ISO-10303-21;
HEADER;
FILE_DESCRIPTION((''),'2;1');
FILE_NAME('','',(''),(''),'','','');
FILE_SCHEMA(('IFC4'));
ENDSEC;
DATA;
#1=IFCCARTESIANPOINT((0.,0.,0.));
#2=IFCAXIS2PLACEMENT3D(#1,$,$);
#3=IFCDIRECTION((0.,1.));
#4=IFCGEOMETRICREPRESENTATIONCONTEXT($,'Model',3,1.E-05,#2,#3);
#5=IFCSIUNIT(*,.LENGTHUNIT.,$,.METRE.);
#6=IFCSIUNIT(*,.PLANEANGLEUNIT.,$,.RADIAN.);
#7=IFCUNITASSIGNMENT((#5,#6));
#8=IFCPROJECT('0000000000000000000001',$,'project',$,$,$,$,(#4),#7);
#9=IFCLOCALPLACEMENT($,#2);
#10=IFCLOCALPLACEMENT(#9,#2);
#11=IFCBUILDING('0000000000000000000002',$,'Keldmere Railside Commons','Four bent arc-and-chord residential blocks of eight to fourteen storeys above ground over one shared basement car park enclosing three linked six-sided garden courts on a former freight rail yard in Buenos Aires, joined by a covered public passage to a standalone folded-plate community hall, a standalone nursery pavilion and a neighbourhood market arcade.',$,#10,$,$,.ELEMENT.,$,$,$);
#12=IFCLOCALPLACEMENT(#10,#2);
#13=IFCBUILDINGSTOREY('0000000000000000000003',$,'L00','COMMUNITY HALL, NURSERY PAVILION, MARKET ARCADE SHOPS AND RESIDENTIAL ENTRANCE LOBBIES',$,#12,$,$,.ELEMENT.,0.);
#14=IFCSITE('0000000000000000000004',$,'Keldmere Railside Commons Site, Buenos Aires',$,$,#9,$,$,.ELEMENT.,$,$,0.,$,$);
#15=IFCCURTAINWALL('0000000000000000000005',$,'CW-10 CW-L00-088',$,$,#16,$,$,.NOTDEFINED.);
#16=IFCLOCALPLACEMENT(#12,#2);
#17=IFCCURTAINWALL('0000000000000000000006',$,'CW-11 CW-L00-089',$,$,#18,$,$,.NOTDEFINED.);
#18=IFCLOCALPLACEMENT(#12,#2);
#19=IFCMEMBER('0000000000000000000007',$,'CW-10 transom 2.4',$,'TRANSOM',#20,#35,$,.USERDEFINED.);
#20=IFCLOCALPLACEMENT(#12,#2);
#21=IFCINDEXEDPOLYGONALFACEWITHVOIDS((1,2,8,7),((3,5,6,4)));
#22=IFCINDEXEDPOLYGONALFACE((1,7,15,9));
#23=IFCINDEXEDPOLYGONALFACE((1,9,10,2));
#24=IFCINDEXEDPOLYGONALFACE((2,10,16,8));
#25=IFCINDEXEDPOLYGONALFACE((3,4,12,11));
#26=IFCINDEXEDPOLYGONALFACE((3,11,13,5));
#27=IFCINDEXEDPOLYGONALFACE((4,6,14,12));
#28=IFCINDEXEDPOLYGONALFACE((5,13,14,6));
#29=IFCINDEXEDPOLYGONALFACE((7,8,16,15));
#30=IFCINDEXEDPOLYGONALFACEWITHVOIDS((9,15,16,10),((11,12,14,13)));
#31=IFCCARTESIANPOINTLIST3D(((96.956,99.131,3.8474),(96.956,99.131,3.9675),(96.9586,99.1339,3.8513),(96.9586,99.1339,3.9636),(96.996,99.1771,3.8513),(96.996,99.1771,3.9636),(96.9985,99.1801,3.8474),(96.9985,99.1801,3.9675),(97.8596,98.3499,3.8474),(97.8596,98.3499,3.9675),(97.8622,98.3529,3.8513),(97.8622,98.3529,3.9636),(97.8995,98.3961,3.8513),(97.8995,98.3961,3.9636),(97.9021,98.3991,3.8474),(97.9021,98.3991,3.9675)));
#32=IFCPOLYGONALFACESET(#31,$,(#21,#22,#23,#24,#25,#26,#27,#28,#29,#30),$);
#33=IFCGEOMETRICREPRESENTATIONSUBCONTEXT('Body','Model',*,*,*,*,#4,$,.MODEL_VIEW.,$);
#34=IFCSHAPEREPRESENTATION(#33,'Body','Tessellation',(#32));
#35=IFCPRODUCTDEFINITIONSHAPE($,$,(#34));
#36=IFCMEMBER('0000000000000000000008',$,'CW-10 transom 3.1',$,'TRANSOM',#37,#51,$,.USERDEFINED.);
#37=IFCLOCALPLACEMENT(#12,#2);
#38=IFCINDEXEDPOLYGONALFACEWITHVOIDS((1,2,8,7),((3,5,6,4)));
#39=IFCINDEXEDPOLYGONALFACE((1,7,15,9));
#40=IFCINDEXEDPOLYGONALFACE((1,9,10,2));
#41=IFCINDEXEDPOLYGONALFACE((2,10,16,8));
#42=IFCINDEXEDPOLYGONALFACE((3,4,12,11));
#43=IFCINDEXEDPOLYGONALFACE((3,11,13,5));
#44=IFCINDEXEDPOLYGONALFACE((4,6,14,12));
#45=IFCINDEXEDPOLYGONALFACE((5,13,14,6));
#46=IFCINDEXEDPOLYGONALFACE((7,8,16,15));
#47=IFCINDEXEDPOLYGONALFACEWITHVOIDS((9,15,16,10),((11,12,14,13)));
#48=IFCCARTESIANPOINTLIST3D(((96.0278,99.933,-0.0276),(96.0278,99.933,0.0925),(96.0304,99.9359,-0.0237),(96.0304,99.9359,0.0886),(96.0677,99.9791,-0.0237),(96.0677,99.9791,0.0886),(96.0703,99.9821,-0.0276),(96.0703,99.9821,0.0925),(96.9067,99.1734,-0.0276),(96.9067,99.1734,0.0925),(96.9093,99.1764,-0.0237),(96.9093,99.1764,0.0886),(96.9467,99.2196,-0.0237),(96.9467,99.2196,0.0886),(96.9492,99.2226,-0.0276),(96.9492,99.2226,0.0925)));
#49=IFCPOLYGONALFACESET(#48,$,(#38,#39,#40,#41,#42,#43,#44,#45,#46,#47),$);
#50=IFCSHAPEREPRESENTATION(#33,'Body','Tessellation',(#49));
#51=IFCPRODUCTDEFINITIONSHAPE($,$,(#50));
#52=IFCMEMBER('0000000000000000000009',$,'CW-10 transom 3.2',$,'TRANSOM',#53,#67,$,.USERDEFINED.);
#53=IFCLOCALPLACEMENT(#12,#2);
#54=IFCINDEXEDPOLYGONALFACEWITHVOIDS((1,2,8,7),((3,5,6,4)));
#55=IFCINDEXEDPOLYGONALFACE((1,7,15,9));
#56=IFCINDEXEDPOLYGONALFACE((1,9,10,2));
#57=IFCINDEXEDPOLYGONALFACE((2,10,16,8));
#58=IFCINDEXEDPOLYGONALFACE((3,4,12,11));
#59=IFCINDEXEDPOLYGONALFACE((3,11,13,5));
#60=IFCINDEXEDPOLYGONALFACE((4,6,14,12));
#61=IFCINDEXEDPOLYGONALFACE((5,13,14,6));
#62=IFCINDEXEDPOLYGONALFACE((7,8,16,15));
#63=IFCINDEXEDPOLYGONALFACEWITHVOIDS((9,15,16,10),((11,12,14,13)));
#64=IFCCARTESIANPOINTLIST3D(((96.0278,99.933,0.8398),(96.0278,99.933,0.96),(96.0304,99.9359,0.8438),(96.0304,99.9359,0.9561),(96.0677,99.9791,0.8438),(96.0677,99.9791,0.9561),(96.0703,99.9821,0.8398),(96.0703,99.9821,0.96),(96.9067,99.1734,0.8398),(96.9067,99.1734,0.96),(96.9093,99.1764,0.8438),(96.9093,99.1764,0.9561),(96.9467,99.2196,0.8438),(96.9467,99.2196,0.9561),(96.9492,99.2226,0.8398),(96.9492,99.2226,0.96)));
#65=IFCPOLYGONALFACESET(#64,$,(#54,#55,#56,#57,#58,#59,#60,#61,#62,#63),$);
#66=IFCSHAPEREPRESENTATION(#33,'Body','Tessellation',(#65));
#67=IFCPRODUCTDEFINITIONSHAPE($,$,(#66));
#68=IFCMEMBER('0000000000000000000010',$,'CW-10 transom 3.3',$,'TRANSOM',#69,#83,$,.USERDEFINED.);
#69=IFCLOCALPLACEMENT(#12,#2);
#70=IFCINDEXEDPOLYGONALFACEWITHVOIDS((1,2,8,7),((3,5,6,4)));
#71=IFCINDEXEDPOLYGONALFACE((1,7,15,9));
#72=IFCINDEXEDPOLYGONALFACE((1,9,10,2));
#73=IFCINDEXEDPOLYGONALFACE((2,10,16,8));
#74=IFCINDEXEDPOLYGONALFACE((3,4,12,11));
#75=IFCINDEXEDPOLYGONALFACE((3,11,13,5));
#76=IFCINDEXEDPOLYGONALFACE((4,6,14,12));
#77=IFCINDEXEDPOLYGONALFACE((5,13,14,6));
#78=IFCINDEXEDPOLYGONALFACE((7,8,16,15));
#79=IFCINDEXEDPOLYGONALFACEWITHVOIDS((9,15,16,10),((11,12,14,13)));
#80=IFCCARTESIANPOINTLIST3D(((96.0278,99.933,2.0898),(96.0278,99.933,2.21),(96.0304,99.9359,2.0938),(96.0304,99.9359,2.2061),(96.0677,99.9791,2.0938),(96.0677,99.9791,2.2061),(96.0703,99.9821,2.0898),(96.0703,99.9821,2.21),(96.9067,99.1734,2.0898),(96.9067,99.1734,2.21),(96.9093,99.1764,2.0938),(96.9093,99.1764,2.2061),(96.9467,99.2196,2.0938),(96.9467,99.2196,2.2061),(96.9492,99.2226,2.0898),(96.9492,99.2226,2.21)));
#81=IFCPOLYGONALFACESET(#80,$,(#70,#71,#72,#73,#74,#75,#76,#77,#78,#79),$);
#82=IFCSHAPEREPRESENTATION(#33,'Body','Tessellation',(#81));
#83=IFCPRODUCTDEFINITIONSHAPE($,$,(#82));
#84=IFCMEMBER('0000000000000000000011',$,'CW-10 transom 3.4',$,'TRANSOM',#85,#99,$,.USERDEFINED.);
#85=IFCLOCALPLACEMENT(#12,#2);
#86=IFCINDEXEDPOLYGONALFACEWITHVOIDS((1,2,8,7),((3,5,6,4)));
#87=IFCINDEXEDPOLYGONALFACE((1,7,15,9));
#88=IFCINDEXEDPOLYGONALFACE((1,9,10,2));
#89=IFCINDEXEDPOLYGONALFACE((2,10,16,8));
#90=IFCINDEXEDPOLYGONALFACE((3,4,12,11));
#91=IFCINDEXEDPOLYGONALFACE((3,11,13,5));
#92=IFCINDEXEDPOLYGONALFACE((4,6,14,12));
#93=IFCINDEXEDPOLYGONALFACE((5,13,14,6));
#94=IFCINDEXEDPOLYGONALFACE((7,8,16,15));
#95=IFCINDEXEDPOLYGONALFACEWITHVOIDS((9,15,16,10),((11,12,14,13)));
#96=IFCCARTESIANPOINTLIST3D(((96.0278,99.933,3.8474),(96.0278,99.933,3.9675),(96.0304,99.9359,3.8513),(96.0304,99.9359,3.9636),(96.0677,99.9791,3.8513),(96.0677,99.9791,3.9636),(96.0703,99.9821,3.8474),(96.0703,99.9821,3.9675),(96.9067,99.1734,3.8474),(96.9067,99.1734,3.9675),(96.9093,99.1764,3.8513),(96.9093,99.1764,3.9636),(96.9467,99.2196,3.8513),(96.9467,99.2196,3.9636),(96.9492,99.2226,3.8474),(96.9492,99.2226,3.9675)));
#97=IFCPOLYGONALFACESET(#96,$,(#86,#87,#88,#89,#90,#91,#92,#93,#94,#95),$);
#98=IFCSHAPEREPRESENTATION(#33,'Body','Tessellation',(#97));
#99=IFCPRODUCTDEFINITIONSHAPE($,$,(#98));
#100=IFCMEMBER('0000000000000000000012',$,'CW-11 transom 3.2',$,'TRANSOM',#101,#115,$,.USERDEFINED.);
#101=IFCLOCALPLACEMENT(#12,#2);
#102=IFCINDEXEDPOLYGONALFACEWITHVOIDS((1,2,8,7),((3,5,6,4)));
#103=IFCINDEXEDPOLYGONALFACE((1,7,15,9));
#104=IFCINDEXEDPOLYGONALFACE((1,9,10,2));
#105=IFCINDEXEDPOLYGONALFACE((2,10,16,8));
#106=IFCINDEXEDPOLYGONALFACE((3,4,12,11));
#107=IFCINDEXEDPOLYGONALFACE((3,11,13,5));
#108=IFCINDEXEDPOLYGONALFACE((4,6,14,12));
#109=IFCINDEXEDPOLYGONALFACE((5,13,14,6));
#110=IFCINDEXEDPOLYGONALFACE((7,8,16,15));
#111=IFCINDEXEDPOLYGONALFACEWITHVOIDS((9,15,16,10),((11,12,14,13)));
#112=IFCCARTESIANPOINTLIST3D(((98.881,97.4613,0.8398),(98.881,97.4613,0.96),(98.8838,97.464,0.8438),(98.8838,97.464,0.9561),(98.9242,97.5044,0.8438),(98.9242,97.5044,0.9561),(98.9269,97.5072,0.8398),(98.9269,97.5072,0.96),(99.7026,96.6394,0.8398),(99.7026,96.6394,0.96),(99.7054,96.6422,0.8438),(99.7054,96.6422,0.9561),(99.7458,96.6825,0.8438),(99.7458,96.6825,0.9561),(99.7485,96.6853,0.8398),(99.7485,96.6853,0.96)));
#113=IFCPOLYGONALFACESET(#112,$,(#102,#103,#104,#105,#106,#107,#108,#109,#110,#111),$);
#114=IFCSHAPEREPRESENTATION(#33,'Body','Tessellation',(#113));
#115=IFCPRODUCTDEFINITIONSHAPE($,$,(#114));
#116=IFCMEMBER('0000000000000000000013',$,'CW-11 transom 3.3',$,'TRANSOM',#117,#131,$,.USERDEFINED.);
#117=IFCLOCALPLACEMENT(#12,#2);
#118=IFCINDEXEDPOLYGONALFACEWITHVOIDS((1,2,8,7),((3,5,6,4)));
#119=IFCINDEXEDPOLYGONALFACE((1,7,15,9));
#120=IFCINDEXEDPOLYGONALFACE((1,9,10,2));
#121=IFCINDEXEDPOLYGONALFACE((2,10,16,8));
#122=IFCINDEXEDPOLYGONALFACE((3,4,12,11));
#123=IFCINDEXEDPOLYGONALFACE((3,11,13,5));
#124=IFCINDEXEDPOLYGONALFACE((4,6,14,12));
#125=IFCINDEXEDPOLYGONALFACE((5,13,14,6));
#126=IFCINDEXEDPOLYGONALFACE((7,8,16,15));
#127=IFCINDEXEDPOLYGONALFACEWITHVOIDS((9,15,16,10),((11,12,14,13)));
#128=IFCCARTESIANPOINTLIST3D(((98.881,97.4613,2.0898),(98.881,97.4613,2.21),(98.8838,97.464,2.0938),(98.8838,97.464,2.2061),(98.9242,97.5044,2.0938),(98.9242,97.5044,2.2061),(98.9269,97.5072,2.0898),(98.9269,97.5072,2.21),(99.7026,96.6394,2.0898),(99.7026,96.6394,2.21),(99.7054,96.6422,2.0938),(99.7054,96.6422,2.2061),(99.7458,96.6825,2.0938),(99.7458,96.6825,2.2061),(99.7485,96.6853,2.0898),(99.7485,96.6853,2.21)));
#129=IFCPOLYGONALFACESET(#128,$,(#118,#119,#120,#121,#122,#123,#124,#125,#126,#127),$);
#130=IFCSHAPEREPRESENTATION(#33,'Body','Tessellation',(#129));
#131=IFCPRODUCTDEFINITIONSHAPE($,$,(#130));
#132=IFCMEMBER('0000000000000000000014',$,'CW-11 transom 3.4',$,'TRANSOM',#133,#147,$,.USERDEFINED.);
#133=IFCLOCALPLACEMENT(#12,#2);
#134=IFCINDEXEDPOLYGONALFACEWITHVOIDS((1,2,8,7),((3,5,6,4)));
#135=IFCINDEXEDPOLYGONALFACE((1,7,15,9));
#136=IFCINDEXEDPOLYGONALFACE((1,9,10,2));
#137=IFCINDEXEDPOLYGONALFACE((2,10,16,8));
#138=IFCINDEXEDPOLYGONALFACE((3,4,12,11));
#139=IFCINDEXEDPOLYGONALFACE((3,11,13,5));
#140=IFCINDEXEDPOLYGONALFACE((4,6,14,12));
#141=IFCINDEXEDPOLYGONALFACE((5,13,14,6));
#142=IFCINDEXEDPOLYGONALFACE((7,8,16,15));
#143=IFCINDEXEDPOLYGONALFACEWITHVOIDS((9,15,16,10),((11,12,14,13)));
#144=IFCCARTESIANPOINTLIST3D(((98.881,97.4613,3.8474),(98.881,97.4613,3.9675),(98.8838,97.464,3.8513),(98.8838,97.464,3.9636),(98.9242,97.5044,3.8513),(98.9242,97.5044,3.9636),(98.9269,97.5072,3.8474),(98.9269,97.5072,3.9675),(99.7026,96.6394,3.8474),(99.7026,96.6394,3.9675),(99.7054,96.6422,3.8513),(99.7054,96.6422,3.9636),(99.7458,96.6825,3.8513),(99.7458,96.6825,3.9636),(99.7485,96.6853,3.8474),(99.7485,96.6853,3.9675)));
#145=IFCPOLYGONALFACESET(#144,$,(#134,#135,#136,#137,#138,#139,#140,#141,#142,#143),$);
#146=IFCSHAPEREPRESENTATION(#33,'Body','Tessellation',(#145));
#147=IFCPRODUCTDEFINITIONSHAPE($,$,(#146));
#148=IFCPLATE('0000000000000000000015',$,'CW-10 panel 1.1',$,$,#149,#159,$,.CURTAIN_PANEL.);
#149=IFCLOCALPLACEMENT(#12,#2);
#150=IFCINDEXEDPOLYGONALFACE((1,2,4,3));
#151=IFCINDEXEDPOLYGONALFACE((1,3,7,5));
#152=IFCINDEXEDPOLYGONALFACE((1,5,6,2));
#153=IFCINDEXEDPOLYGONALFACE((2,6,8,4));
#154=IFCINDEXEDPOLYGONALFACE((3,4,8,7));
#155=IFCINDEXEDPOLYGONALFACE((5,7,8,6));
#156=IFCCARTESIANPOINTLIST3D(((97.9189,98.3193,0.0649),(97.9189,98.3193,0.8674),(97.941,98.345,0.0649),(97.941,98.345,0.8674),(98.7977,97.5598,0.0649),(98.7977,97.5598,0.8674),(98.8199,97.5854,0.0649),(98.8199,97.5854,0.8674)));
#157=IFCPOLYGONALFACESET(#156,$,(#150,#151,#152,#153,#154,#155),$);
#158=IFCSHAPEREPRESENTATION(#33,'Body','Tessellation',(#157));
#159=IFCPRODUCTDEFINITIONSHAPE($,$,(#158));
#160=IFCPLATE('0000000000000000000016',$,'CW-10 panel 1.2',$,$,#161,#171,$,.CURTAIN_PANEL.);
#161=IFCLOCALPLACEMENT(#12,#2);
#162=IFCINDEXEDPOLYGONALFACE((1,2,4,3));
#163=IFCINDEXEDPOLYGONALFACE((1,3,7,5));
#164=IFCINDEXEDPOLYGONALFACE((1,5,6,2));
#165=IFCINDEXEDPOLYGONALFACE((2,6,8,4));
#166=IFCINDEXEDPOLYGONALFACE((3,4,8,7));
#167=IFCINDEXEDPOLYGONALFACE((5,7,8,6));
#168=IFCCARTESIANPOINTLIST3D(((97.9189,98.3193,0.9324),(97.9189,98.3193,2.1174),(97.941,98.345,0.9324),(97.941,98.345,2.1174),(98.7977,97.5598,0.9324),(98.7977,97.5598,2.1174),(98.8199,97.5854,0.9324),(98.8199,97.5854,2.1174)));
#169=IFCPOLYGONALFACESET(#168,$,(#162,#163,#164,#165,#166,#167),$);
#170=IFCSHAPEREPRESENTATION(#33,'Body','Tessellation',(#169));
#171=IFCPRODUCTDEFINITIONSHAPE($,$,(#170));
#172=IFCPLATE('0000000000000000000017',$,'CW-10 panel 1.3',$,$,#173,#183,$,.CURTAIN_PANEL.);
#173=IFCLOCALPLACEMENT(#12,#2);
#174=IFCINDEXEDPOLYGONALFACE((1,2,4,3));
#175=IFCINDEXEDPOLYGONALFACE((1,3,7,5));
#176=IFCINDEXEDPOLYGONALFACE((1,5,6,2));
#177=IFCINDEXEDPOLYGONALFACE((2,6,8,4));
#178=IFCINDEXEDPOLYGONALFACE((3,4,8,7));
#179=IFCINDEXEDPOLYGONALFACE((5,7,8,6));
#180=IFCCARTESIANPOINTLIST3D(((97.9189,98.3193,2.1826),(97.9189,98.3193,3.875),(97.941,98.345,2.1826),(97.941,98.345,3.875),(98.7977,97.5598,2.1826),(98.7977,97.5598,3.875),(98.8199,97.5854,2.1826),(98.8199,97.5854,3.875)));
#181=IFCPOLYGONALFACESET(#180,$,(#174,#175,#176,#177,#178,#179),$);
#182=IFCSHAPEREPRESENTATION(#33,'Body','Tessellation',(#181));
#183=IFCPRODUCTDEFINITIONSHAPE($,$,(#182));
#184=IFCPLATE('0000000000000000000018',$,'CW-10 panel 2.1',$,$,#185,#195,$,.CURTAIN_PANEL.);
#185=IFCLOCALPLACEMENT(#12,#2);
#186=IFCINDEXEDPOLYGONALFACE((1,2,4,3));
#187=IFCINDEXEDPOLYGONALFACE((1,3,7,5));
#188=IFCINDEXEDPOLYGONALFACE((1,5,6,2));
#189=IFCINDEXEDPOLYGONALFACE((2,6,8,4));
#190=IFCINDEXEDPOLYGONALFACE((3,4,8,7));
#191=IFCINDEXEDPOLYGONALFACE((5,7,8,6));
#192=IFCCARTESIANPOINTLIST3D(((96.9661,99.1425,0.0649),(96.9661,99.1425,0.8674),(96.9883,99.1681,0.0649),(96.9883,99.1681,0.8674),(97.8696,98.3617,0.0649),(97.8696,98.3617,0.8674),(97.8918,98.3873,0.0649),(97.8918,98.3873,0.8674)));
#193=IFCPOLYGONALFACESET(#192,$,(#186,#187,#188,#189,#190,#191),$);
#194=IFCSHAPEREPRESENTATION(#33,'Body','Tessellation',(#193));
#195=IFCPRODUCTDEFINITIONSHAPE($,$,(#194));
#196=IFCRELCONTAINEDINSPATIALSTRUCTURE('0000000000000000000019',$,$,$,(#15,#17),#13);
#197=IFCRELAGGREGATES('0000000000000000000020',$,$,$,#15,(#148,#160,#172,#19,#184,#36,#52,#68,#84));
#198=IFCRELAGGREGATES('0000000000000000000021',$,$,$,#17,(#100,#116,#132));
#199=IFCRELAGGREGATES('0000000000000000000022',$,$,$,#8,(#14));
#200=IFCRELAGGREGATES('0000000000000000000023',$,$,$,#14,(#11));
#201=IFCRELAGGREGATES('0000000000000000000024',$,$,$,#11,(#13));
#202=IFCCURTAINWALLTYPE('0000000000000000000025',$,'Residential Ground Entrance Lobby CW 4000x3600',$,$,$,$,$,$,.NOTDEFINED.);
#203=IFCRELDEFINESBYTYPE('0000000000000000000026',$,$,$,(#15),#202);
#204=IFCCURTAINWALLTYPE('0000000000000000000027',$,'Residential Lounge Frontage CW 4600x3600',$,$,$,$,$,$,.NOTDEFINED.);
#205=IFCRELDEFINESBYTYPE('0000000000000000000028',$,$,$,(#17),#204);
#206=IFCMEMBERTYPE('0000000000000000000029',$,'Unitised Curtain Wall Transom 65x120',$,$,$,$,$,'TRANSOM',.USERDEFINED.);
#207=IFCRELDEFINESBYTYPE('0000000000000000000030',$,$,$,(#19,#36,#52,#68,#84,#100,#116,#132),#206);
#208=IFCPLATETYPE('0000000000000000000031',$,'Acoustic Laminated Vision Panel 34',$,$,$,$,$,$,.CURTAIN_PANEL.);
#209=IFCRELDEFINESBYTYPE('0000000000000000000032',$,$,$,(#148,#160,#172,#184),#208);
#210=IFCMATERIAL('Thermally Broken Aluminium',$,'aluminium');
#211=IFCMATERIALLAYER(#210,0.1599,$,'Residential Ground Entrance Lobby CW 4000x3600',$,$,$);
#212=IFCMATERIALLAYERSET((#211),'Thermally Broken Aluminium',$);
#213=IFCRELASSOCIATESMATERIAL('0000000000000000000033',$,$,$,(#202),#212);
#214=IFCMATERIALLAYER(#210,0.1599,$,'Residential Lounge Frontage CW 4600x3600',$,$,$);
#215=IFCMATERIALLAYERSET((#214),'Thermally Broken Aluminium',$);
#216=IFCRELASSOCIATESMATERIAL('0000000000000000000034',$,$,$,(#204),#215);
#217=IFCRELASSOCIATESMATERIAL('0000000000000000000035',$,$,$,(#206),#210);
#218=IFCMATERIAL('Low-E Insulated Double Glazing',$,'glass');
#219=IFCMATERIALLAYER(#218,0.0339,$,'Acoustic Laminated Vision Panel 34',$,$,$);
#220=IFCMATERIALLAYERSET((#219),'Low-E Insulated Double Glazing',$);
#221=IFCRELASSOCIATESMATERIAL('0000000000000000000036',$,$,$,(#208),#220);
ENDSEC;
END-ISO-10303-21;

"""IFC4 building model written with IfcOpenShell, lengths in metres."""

from ifc_helpers import new_model, si_unit, direction, frame, origin, origin_2d, place, context, subcontext, project, spatial, rectangle, hollow_rectangle, extrude, material, layer, layer_set, material_profile, profile_set, type_object, element, aggregate, save


model = new_model("IFC4")

# Units and contexts
model_context = context("Model", 3, precision=1e-05, world=origin(), true_north=direction((0.0, 1.0)))
body_context = subcontext(model_context, "Body", "Model", "MODEL_VIEW")
ifc_project = project(units=[si_unit("LENGTHUNIT", "METRE"), si_unit("PLANEANGLEUNIT", "RADIAN")], contexts=[model_context])

# Site, building, storey
site_placement = place(None, origin())
site = spatial("IfcSite", under=ifc_project, at=site_placement, Name="Keldmere Railside Commons Site, Buenos Aires", CompositionType="ELEMENT", RefElevation=0.0)
building_placement = place(site_placement, origin())
building = spatial("IfcBuilding", under=site, at=building_placement, Name="Keldmere Railside Commons", Description="Four bent arc-and-chord residential blocks of eight to fourteen storeys above ground over one shared basement car park enclosing three linked six-sided garden courts on a former freight rail yard in Buenos Aires, joined by a covered public passage to a standalone folded-plate community hall, a standalone nursery pavilion and a neighbourhood market arcade.", CompositionType="ELEMENT")
storey_placement = place(building_placement, origin())
storey = spatial("IfcBuildingStorey", under=building, at=storey_placement, Name="L00", Description="COMMUNITY HALL, NURSERY PAVILION, MARKET ARCADE SHOPS AND RESIDENTIAL ENTRANCE LOBBIES", CompositionType="ELEMENT", Elevation=0.0)

# Curtain wall
ifc_material_1 = material(Name="Thermally Broken Aluminium", Category="aluminium")
ifc_layer_1 = layer(ifc_material_1, 0.1599, Name="Residential Ground Entrance Lobby CW 4000x3600")
ifc_layer_set_1 = layer_set([ifc_layer_1], Name="Thermally Broken Aluminium")
curtain_wall_type_1 = type_object("IfcCurtainWallType", Name="Residential Ground Entrance Lobby CW 4000x3600", PredefinedType="NOTDEFINED", material=ifc_layer_set_1)
curtain_wall_1_placement = place(storey_placement, origin())
curtain_wall_1 = element("IfcCurtainWall", 1, at=curtain_wall_1_placement, inside=storey, type_object=curtain_wall_type_1, Name="CW-10 CW-L00-088", PredefinedType="NOTDEFINED")

# Curtain wall
ifc_layer_2 = layer(ifc_material_1, 0.1599, Name="Residential Lounge Frontage CW 4600x3600")
ifc_layer_set_2 = layer_set([ifc_layer_2], Name="Thermally Broken Aluminium")
curtain_wall_type_2 = type_object("IfcCurtainWallType", Name="Residential Lounge Frontage CW 4600x3600", PredefinedType="NOTDEFINED", material=ifc_layer_set_2)
curtain_wall_2_placement = place(storey_placement, origin())
curtain_wall_2 = element("IfcCurtainWall", 2, at=curtain_wall_2_placement, inside=storey, type_object=curtain_wall_type_2, Name="CW-11 CW-L00-089", PredefinedType="NOTDEFINED")

# Members
ifc_material_profile_1 = material_profile(ifc_material_1, hollow_rectangle(XDim=0.0649, YDim=0.1201, WallThickness=0.0039, at=origin_2d()), Name="ALU-TRAN-65x120")
ifc_profile_set_1 = profile_set([ifc_material_profile_1], Name="Thermally Broken Aluminium")
member_type_1 = type_object("IfcMemberType", Name="Unitised Curtain Wall Transom 65x120", ElementType="TRANSOM", PredefinedType="USERDEFINED", material=ifc_profile_set_1)
member_1_placement = place(storey_placement, frame((97.8809, 98.3745, 3.9075), z_axis=(-0.756552, 0.653934, 0.0), x_axis=(-0.653934, -0.756552, 0.0)))
member_1 = element("IfcMember", 3, at=member_1_placement, type_object=member_type_1, Name="CW-10 transom 2.4", ObjectType="TRANSOM", PredefinedType="USERDEFINED", context=body_context, shape_type="SweptSolid", body=[
    extrude(hollow_rectangle(XDim=0.0649, YDim=0.1201, WallThickness=0.0039, at=origin_2d()), origin(), (0.0, 0.0, 1.0), 1.1943),
])
member_2_placement = place(storey_placement, frame((96.928, 99.198, 0.0325), z_axis=(-0.756624, 0.65385, 0.0), x_axis=(-0.65385, -0.756624, 0.0)))
member_2 = element("IfcMember", 4, at=member_2_placement, type_object=member_type_1, Name="CW-10 transom 3.1", ObjectType="TRANSOM", PredefinedType="USERDEFINED", context=body_context, shape_type="SweptSolid", body=[
    extrude(hollow_rectangle(XDim=0.0649, YDim=0.1201, WallThickness=0.0039, at=origin_2d()), origin(), (0.0, 0.0, 1.0), 1.1616),
])
member_3_placement = place(storey_placement, frame((96.928, 99.198, 0.8999), z_axis=(-0.756624, 0.65385, 0.0), x_axis=(-0.65385, -0.756624, 0.0)))
member_3 = element("IfcMember", 5, at=member_3_placement, type_object=member_type_1, Name="CW-10 transom 3.2", ObjectType="TRANSOM", PredefinedType="USERDEFINED", context=body_context, shape_type="SweptSolid", body=[
    extrude(hollow_rectangle(XDim=0.0649, YDim=0.1201, WallThickness=0.0039, at=origin_2d()), origin(), (0.0, 0.0, 1.0), 1.1616),
])
member_4_placement = place(storey_placement, frame((96.928, 99.198, 2.1499), z_axis=(-0.756624, 0.65385, 0.0), x_axis=(-0.65385, -0.756624, 0.0)))
member_4 = element("IfcMember", 6, at=member_4_placement, type_object=member_type_1, Name="CW-10 transom 3.3", ObjectType="TRANSOM", PredefinedType="USERDEFINED", context=body_context, shape_type="SweptSolid", body=[
    extrude(hollow_rectangle(XDim=0.0649, YDim=0.1201, WallThickness=0.0039, at=origin_2d()), origin(), (0.0, 0.0, 1.0), 1.1616),
])
member_5_placement = place(storey_placement, frame((96.928, 99.198, 3.9075), z_axis=(-0.756624, 0.65385, 0.0), x_axis=(-0.65385, -0.756624, 0.0)))
member_5 = element("IfcMember", 7, at=member_5_placement, type_object=member_type_1, Name="CW-10 transom 3.4", ObjectType="TRANSOM", PredefinedType="USERDEFINED", context=body_context, shape_type="SweptSolid", body=[
    extrude(hollow_rectangle(XDim=0.0649, YDim=0.1201, WallThickness=0.0039, at=origin_2d()), origin(), (0.0, 0.0, 1.0), 1.1616),
])
member_6_placement = place(storey_placement, frame((99.7256, 96.6624, 0.8999), z_axis=(-0.707002, 0.707212, 0.0), x_axis=(-0.707212, -0.707002, 0.0)))
member_6 = element("IfcMember", 8, at=member_6_placement, type_object=member_type_1, Name="CW-11 transom 3.2", ObjectType="TRANSOM", PredefinedType="USERDEFINED", context=body_context, shape_type="SweptSolid", body=[
    extrude(hollow_rectangle(XDim=0.0649, YDim=0.1201, WallThickness=0.0039, at=origin_2d()), origin(), (0.0, 0.0, 1.0), 1.1621),
])
member_7_placement = place(storey_placement, frame((99.7256, 96.6624, 2.1499), z_axis=(-0.707002, 0.707212, 0.0), x_axis=(-0.707212, -0.707002, 0.0)))
member_7 = element("IfcMember", 9, at=member_7_placement, type_object=member_type_1, Name="CW-11 transom 3.3", ObjectType="TRANSOM", PredefinedType="USERDEFINED", context=body_context, shape_type="SweptSolid", body=[
    extrude(hollow_rectangle(XDim=0.0649, YDim=0.1201, WallThickness=0.0039, at=origin_2d()), origin(), (0.0, 0.0, 1.0), 1.1621),
])
member_8_placement = place(storey_placement, frame((99.7256, 96.6624, 3.9075), z_axis=(-0.707002, 0.707212, 0.0), x_axis=(-0.707212, -0.707002, 0.0)))
member_8 = element("IfcMember", 10, at=member_8_placement, type_object=member_type_1, Name="CW-11 transom 3.4", ObjectType="TRANSOM", PredefinedType="USERDEFINED", context=body_context, shape_type="SweptSolid", body=[
    extrude(hollow_rectangle(XDim=0.0649, YDim=0.1201, WallThickness=0.0039, at=origin_2d()), origin(), (0.0, 0.0, 1.0), 1.1621),
])

# Plates
ifc_material_2 = material(Name="Low-E Insulated Double Glazing", Category="glass")
ifc_layer_3 = layer(ifc_material_2, 0.0339, Name="Acoustic Laminated Vision Panel 34")
ifc_layer_set_3 = layer_set([ifc_layer_3], Name="Low-E Insulated Double Glazing")
plate_type_1 = type_object("IfcPlateType", Name="Acoustic Laminated Vision Panel 34", PredefinedType="CURTAIN_PANEL", material=ifc_layer_set_3)
plate_1_placement = place(storey_placement, frame((98.3694, 97.9524, 0.0649), z_axis=(0.0, 0.0, 1.0), x_axis=(-0.756597, 0.653882, 0.0)))
plate_1 = element("IfcPlate", 11, at=plate_1_placement, type_object=plate_type_1, Name="CW-10 panel 1.1", PredefinedType="CURTAIN_PANEL", context=body_context, shape_type="SweptSolid", body=[
    extrude(rectangle(XDim=1.1616, YDim=0.0339, at=origin_2d()), origin(), (0.0, 0.0, 1.0), 0.8025),
])
plate_2_placement = place(storey_placement, frame((98.3694, 97.9524, 0.9324), z_axis=(0.0, 0.0, 1.0), x_axis=(-0.756597, 0.653882, 0.0)))
plate_2 = element("IfcPlate", 12, at=plate_2_placement, type_object=plate_type_1, Name="CW-10 panel 1.2", PredefinedType="CURTAIN_PANEL", context=body_context, shape_type="SweptSolid", body=[
    extrude(rectangle(XDim=1.1616, YDim=0.0339, at=origin_2d()), origin(), (0.0, 0.0, 1.0), 1.1851),
])
plate_3_placement = place(storey_placement, frame((98.3694, 97.9524, 2.1826), z_axis=(0.0, 0.0, 1.0), x_axis=(-0.756597, 0.653882, 0.0)))
plate_3 = element("IfcPlate", 13, at=plate_3_placement, type_object=plate_type_1, Name="CW-10 panel 1.3", PredefinedType="CURTAIN_PANEL", context=body_context, shape_type="SweptSolid", body=[
    extrude(rectangle(XDim=1.1616, YDim=0.0339, at=origin_2d()), origin(), (0.0, 0.0, 1.0), 1.6924),
])
plate_4_placement = place(storey_placement, frame((97.429, 98.7649, 0.0649), z_axis=(0.0, 0.0, 1.0), x_axis=(-0.756597, 0.653882, 0.0)))
plate_4 = element("IfcPlate", 14, at=plate_4_placement, type_object=plate_type_1, Name="CW-10 panel 2.1", PredefinedType="CURTAIN_PANEL", context=body_context, shape_type="SweptSolid", body=[
    extrude(rectangle(XDim=1.1941, YDim=0.0339, at=origin_2d()), origin(), (0.0, 0.0, 1.0), 0.8025),
])
aggregate(curtain_wall_1, [plate_1, plate_2, plate_3, member_1, plate_4, member_2, member_3, member_4, member_5])
aggregate(curtain_wall_2, [member_6, member_7, member_8])

save(model, "model.ifc")
